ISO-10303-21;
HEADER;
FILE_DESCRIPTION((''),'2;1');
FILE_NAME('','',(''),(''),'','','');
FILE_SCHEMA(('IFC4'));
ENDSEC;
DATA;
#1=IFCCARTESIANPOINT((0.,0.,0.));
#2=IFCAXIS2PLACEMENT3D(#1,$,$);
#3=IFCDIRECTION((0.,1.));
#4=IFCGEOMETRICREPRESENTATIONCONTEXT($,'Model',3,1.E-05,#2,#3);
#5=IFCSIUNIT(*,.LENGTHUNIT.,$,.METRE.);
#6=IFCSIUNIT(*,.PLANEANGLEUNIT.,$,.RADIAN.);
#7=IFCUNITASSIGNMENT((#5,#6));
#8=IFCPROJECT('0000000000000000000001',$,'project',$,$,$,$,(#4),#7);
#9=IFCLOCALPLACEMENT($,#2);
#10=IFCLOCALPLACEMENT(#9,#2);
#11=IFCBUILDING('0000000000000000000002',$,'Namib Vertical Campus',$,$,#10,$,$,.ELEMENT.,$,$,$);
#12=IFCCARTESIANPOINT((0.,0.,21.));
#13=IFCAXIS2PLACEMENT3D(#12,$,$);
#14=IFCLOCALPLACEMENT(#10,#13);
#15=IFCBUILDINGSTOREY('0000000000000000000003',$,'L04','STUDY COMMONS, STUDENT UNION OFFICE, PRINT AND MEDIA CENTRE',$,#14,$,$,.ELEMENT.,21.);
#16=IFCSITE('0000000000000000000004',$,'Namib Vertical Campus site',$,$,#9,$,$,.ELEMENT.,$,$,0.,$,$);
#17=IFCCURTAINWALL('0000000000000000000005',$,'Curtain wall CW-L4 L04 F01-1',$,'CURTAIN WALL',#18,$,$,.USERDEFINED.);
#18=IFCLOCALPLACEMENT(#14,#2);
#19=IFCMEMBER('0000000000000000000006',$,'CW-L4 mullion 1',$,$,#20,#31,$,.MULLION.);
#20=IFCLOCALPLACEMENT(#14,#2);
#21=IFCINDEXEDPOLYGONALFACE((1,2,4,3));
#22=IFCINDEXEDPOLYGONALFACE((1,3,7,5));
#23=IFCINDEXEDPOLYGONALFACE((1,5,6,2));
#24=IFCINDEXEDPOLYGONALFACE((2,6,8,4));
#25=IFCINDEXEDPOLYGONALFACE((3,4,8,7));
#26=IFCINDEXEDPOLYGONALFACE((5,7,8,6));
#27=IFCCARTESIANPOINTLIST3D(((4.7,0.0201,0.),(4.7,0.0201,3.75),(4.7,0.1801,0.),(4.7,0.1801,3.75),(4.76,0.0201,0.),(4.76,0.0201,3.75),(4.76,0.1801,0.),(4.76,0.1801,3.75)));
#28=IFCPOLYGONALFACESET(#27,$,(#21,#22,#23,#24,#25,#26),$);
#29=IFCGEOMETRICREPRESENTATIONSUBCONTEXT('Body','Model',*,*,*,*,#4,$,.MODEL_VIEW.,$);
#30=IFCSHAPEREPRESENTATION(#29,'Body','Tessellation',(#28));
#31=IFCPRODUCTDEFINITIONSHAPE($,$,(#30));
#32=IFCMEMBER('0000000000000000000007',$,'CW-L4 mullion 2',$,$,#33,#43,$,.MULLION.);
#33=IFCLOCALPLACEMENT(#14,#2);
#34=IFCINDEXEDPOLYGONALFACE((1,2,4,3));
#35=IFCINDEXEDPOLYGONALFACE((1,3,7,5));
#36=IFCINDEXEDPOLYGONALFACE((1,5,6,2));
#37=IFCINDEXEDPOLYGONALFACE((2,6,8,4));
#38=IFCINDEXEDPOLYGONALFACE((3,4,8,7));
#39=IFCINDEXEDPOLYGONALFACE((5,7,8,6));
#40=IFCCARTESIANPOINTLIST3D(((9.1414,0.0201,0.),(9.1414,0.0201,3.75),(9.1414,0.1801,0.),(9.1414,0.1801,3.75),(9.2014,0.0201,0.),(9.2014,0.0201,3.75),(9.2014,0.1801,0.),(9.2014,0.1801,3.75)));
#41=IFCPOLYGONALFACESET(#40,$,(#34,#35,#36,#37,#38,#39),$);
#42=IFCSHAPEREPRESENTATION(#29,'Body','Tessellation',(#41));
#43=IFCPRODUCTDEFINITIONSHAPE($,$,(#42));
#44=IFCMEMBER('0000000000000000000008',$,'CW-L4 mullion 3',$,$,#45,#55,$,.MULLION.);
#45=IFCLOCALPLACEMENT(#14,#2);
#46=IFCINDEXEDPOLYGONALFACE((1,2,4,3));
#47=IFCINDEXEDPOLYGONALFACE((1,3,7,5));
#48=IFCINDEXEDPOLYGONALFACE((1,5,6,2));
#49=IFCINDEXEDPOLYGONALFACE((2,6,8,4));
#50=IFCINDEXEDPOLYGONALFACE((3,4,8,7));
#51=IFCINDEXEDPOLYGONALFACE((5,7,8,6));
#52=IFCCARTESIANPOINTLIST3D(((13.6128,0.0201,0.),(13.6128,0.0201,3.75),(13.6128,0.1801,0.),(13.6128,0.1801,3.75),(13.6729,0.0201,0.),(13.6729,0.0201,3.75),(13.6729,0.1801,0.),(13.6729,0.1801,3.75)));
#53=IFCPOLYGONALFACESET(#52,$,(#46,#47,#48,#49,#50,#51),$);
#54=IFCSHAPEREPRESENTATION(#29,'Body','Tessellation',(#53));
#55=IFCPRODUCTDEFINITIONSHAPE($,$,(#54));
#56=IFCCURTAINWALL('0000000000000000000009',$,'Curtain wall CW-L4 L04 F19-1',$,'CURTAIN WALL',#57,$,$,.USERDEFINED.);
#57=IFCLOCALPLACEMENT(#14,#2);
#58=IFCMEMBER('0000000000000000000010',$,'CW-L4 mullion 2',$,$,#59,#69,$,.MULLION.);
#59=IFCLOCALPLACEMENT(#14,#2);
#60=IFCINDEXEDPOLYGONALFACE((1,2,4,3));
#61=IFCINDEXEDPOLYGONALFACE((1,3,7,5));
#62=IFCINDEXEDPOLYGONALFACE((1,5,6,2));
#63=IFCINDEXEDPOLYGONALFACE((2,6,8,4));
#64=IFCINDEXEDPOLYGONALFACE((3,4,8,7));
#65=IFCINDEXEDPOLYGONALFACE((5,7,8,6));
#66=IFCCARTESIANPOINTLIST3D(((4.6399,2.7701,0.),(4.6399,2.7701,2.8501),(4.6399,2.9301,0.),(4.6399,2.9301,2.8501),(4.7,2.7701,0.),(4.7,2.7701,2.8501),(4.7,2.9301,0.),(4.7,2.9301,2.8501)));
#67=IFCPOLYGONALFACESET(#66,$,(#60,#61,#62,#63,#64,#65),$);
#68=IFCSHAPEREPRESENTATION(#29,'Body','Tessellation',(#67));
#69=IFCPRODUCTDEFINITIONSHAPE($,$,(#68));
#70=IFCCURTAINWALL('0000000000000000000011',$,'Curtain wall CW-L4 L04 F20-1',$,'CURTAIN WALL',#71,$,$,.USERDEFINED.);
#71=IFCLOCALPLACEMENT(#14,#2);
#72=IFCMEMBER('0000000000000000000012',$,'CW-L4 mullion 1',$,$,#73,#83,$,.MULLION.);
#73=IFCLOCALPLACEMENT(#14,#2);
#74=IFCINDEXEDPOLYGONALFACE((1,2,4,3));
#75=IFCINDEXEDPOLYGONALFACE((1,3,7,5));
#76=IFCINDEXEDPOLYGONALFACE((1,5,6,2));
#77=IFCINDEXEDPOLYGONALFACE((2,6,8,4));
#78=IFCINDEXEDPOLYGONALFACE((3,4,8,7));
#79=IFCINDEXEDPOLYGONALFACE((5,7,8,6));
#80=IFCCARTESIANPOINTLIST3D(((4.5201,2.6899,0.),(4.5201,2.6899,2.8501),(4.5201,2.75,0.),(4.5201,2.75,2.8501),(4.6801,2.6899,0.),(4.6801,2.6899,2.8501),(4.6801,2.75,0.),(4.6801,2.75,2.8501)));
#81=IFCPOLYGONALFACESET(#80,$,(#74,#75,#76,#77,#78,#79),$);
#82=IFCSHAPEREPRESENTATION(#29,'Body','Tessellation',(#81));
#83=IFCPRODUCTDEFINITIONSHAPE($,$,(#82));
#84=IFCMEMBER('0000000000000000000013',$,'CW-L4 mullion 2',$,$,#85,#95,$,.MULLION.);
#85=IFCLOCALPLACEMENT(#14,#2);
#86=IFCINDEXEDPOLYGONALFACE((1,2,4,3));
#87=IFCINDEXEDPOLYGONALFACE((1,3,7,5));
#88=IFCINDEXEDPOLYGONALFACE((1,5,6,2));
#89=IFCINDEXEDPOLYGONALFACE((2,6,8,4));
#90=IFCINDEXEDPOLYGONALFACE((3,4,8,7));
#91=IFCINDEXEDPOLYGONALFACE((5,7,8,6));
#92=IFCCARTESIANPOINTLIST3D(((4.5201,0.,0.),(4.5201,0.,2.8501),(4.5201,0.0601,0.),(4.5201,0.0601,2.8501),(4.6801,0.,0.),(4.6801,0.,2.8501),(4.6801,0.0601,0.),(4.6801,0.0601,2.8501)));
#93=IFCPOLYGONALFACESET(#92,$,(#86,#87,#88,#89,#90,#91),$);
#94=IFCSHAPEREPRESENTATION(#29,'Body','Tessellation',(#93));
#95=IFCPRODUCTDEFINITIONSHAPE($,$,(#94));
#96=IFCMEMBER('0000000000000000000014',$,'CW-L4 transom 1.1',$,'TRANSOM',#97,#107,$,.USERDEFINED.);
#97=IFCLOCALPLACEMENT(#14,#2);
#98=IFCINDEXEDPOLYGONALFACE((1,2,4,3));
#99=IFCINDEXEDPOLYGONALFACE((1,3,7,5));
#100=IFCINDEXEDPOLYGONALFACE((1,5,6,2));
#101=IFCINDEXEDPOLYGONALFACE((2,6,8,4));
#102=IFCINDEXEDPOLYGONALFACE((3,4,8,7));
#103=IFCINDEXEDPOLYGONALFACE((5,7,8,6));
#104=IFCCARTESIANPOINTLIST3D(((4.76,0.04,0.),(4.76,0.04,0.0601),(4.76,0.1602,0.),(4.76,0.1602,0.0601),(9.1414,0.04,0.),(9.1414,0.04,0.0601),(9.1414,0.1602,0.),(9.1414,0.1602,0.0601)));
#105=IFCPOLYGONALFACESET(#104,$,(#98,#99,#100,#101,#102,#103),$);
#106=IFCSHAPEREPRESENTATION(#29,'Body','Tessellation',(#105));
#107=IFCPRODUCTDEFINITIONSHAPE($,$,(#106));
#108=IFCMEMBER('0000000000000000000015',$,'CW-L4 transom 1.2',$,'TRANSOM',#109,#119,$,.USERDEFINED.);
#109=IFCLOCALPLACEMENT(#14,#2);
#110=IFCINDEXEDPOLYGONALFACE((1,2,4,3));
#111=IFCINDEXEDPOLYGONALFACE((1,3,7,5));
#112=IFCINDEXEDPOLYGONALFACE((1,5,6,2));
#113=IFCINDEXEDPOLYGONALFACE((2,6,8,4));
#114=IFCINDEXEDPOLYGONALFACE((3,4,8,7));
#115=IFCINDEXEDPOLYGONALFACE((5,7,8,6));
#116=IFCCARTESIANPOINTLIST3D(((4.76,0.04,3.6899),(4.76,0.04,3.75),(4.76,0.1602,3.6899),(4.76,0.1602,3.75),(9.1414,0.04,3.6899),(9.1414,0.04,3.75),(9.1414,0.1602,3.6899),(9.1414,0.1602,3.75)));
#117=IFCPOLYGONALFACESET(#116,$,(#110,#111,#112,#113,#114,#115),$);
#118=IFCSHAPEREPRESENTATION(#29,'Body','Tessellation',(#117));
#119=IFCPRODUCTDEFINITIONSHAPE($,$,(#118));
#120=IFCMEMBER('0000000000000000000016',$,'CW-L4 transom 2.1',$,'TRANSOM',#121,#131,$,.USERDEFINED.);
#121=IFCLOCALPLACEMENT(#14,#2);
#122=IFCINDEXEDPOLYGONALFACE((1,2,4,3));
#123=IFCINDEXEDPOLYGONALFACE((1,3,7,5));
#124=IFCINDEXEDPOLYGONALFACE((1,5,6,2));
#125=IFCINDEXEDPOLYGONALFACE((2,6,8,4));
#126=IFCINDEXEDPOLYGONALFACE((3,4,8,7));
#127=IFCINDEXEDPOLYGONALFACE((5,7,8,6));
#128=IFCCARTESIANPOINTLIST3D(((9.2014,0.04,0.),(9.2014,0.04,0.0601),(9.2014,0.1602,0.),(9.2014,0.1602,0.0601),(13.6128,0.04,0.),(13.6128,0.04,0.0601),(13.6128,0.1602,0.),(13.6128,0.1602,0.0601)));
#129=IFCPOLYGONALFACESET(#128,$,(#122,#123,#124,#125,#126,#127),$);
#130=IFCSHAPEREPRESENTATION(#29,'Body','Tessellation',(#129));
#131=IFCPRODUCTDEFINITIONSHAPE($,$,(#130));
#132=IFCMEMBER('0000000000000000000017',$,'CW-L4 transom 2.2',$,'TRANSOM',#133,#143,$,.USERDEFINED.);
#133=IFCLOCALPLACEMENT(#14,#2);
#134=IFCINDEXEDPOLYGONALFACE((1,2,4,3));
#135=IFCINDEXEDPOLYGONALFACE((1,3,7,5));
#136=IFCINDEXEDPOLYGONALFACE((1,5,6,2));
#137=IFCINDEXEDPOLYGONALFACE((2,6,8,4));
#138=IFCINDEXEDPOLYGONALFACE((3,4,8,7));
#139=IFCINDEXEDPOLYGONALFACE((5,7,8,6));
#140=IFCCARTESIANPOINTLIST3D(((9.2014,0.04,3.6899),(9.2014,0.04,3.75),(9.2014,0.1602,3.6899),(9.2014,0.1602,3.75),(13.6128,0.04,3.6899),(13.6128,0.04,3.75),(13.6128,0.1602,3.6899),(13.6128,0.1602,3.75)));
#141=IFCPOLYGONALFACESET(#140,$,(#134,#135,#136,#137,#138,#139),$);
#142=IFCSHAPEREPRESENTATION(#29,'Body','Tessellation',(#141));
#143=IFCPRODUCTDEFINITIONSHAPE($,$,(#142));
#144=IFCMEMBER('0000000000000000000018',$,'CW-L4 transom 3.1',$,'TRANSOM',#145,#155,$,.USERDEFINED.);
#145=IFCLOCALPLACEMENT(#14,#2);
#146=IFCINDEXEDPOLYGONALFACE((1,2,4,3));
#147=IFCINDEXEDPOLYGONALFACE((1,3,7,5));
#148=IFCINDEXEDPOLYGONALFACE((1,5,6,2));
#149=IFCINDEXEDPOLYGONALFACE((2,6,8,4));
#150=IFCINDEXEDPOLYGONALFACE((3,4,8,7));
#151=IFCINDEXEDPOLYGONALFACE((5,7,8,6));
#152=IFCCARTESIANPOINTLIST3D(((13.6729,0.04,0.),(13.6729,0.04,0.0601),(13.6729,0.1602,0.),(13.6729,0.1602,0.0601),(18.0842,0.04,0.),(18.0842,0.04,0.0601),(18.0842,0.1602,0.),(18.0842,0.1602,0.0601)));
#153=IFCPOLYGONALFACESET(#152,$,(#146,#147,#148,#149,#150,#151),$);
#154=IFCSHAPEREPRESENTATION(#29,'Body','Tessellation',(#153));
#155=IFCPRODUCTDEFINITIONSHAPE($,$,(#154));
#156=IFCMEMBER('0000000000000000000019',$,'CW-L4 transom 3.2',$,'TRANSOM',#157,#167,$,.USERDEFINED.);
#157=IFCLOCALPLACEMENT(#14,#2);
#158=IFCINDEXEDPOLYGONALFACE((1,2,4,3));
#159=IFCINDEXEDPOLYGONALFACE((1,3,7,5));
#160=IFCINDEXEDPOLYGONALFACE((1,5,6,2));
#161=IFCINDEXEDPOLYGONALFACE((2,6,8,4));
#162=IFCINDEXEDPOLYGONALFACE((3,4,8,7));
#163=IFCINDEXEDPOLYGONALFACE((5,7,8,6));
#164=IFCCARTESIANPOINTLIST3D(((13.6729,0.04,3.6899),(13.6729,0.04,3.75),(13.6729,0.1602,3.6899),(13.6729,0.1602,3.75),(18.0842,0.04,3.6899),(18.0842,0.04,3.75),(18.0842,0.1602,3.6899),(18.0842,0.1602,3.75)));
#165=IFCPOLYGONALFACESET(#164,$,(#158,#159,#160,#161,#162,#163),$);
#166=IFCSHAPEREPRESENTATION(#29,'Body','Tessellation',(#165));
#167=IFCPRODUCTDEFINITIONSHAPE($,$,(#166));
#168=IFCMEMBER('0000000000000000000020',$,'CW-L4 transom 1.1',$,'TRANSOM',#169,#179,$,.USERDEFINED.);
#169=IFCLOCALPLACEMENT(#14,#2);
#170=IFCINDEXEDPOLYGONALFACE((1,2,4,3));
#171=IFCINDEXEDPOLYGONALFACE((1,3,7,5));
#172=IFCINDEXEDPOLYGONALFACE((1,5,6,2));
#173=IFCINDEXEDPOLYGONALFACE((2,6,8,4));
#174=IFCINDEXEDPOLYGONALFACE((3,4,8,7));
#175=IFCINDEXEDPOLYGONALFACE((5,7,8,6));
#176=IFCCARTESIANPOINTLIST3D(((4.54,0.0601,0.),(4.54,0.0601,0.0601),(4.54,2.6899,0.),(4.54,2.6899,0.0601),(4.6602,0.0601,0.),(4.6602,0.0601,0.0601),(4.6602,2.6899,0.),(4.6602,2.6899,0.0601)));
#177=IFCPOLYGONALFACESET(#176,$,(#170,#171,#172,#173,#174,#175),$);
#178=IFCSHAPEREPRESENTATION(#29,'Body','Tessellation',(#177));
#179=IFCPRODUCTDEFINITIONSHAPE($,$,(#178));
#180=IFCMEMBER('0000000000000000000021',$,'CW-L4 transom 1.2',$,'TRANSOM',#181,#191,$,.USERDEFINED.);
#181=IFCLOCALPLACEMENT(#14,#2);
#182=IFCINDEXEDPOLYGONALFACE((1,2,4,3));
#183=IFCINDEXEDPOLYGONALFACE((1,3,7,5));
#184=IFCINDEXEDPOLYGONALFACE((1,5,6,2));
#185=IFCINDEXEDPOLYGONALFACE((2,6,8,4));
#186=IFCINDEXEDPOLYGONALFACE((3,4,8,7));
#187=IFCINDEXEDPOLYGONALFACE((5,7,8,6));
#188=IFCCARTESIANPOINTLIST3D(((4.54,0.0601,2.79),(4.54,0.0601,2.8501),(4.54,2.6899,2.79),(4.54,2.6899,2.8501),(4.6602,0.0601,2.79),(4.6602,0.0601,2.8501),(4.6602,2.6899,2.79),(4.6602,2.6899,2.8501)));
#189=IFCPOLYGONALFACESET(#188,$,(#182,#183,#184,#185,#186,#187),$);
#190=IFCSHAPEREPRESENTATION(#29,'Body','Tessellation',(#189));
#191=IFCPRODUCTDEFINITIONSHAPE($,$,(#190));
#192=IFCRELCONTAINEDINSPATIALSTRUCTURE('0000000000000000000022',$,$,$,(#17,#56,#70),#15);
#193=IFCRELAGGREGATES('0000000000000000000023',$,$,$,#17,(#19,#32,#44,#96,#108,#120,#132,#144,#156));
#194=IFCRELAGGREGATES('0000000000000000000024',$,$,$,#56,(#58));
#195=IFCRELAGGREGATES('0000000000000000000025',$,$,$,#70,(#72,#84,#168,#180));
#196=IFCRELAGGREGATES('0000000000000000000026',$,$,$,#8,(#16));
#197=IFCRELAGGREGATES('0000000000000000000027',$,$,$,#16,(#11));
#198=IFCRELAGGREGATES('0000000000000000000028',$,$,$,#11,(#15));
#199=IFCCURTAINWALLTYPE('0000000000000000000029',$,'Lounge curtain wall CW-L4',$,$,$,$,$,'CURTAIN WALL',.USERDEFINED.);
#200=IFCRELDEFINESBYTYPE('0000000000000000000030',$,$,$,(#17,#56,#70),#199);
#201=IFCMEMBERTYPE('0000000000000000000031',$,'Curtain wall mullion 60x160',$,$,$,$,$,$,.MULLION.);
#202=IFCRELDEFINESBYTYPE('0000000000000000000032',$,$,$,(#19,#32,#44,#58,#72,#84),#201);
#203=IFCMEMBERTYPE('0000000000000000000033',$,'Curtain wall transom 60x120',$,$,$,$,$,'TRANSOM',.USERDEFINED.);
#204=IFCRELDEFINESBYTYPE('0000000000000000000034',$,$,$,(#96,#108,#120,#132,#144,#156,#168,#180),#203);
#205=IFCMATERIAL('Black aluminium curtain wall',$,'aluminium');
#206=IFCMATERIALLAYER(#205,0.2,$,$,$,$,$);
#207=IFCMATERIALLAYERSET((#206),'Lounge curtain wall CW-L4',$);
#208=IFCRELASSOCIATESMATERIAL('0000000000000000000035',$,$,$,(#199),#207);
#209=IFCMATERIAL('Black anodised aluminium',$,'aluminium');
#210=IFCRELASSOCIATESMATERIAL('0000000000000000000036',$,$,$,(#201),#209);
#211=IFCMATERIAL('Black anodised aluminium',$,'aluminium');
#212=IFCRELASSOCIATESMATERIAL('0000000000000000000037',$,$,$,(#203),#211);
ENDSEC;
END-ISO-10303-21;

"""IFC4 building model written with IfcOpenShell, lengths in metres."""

from ifc_helpers import new_model, si_unit, direction, frame, origin, origin_2d, place, context, subcontext, project, spatial, rectangle, extrude, material, layer, layer_set, material_profile, profile_set, type_object, element, aggregate, save


model = new_model("IFC4")

# Units and contexts
model_context = context("Model", 3, precision=1e-05, world=origin(), true_north=direction((0.0, 1.0)))
body_context = subcontext(model_context, "Body", "Model", "MODEL_VIEW")
ifc_project = project(units=[si_unit("LENGTHUNIT", "METRE"), si_unit("PLANEANGLEUNIT", "RADIAN")], contexts=[model_context])

# Site, building, storey
site_placement = place(None, origin())
site = spatial("IfcSite", under=ifc_project, at=site_placement, Name="Namib Vertical Campus site", CompositionType="ELEMENT", RefElevation=0.0)
building_placement = place(site_placement, origin())
building = spatial("IfcBuilding", under=site, at=building_placement, Name="Namib Vertical Campus", CompositionType="ELEMENT")
storey_placement = place(building_placement, frame((0.0, 0.0, 21.0)))
storey = spatial("IfcBuildingStorey", under=building, at=storey_placement, Name="L04", Description="STUDY COMMONS, STUDENT UNION OFFICE, PRINT AND MEDIA CENTRE", CompositionType="ELEMENT", Elevation=21.0)

# Curtain wall, members
ifc_material_1 = material(Name="Black aluminium curtain wall", Category="aluminium")
ifc_layer_1 = layer(ifc_material_1, 0.2)
ifc_layer_set_1 = layer_set([ifc_layer_1], Name="Lounge curtain wall CW-L4")
curtain_wall_type = type_object("IfcCurtainWallType", Name="Lounge curtain wall CW-L4", ElementType="CURTAIN WALL", PredefinedType="USERDEFINED", material=ifc_layer_set_1)
curtain_wall_1_placement = place(storey_placement, origin())
curtain_wall_1 = element("IfcCurtainWall", 1, at=curtain_wall_1_placement, inside=storey, type_object=curtain_wall_type, Name="Curtain wall CW-L4 L04 F01-1", ObjectType="CURTAIN WALL", PredefinedType="USERDEFINED")
ifc_material_2 = material(Name="Black anodised aluminium", Category="aluminium")
ifc_material_profile_1 = material_profile(ifc_material_2, rectangle(XDim=0.0601, YDim=0.1599, at=origin_2d()))
ifc_profile_set_1 = profile_set([ifc_material_profile_1], Name="Black anodised aluminium")
member_type_1 = type_object("IfcMemberType", Name="Curtain wall mullion 60x160", PredefinedType="MULLION", material=ifc_profile_set_1)
member_1_placement = place(storey_placement, frame((4.73, 0.1001, 0.0), z_axis=(0.0, 0.0, 1.0), x_axis=(1.0, 0.0, 0.0)))
member_1 = element("IfcMember", 2, at=member_1_placement, type_object=member_type_1, Name="CW-L4 mullion 1", PredefinedType="MULLION", context=body_context, shape_type="SweptSolid", body=[
    extrude(rectangle(XDim=0.0601, YDim=0.1599, at=origin_2d()), origin(), (0.0, 0.0, 1.0), 3.75),
])
member_2_placement = place(storey_placement, frame((9.1714, 0.1001, 0.0), z_axis=(0.0, 0.0, 1.0), x_axis=(1.0, 0.0, 0.0)))
member_2 = element("IfcMember", 3, at=member_2_placement, type_object=member_type_1, Name="CW-L4 mullion 2", PredefinedType="MULLION", context=body_context, shape_type="SweptSolid", body=[
    extrude(rectangle(XDim=0.0601, YDim=0.1599, at=origin_2d()), origin(), (0.0, 0.0, 1.0), 3.75),
])
member_3_placement = place(storey_placement, frame((13.6428, 0.1001, 0.0), z_axis=(0.0, 0.0, 1.0), x_axis=(1.0, 0.0, 0.0)))
member_3 = element("IfcMember", 4, at=member_3_placement, type_object=member_type_1, Name="CW-L4 mullion 3", PredefinedType="MULLION", context=body_context, shape_type="SweptSolid", body=[
    extrude(rectangle(XDim=0.0601, YDim=0.1599, at=origin_2d()), origin(), (0.0, 0.0, 1.0), 3.75),
])

# Curtain wall, member
curtain_wall_2_placement = place(storey_placement, origin())
curtain_wall_2 = element("IfcCurtainWall", 5, at=curtain_wall_2_placement, inside=storey, type_object=curtain_wall_type, Name="Curtain wall CW-L4 L04 F19-1", ObjectType="CURTAIN WALL", PredefinedType="USERDEFINED")
member_4_placement = place(storey_placement, frame((4.6699, 2.8501, 0.0), z_axis=(0.0, 0.0, 1.0), x_axis=(1.0, 0.0, 0.0)))
member_4 = element("IfcMember", 6, at=member_4_placement, type_object=member_type_1, Name="CW-L4 mullion 2", PredefinedType="MULLION", context=body_context, shape_type="SweptSolid", body=[
    extrude(rectangle(XDim=0.0601, YDim=0.1599, at=origin_2d()), origin(), (0.0, 0.0, 1.0), 2.8501),
])

# Curtain wall, members
curtain_wall_3_placement = place(storey_placement, origin())
curtain_wall_3 = element("IfcCurtainWall", 7, at=curtain_wall_3_placement, inside=storey, type_object=curtain_wall_type, Name="Curtain wall CW-L4 L04 F20-1", ObjectType="CURTAIN WALL", PredefinedType="USERDEFINED")
member_5_placement = place(storey_placement, frame((4.6001, 2.72, 0.0), z_axis=(0.0, 0.0, 1.0), x_axis=(0.0, -1.0, 0.0)))
member_5 = element("IfcMember", 8, at=member_5_placement, type_object=member_type_1, Name="CW-L4 mullion 1", PredefinedType="MULLION", context=body_context, shape_type="SweptSolid", body=[
    extrude(rectangle(XDim=0.0601, YDim=0.1599, at=origin_2d()), origin(), (0.0, 0.0, 1.0), 2.8501),
])
member_6_placement = place(storey_placement, frame((4.6001, 0.03, 0.0), z_axis=(0.0, 0.0, 1.0), x_axis=(0.0, -1.0, 0.0)))
member_6 = element("IfcMember", 9, at=member_6_placement, type_object=member_type_1, Name="CW-L4 mullion 2", PredefinedType="MULLION", context=body_context, shape_type="SweptSolid", body=[
    extrude(rectangle(XDim=0.0601, YDim=0.1599, at=origin_2d()), origin(), (0.0, 0.0, 1.0), 2.8501),
])

# Members
ifc_material_3 = material(Name="Black anodised aluminium", Category="aluminium")
ifc_material_profile_2 = material_profile(ifc_material_3, rectangle(XDim=0.0601, YDim=0.1201, at=origin_2d()))
ifc_profile_set_2 = profile_set([ifc_material_profile_2], Name="Black anodised aluminium")
member_type_2 = type_object("IfcMemberType", Name="Curtain wall transom 60x120", ElementType="TRANSOM", PredefinedType="USERDEFINED", material=ifc_profile_set_2)
member_7_placement = place(storey_placement, frame((4.76, 0.1001, 0.03), z_axis=(1.0, 0.0, 0.0), x_axis=(0.0, 0.0, 1.0)))
member_7 = element("IfcMember", 10, at=member_7_placement, type_object=member_type_2, Name="CW-L4 transom 1.1", ObjectType="TRANSOM", PredefinedType="USERDEFINED", context=body_context, shape_type="SweptSolid", body=[
    extrude(rectangle(XDim=0.0601, YDim=0.1201, at=origin_2d()), origin(), (0.0, 0.0, 1.0), 4.3813),
])
member_8_placement = place(storey_placement, frame((4.76, 0.1001, 3.72), z_axis=(1.0, 0.0, 0.0), x_axis=(0.0, 0.0, 1.0)))
member_8 = element("IfcMember", 11, at=member_8_placement, type_object=member_type_2, Name="CW-L4 transom 1.2", ObjectType="TRANSOM", PredefinedType="USERDEFINED", context=body_context, shape_type="SweptSolid", body=[
    extrude(rectangle(XDim=0.0601, YDim=0.1201, at=origin_2d()), origin(), (0.0, 0.0, 1.0), 4.3813),
])
member_9_placement = place(storey_placement, frame((9.2014, 0.1001, 0.03), z_axis=(1.0, 0.0, 0.0), x_axis=(0.0, 0.0, 1.0)))
member_9 = element("IfcMember", 12, at=member_9_placement, type_object=member_type_2, Name="CW-L4 transom 2.1", ObjectType="TRANSOM", PredefinedType="USERDEFINED", context=body_context, shape_type="SweptSolid", body=[
    extrude(rectangle(XDim=0.0601, YDim=0.1201, at=origin_2d()), origin(), (0.0, 0.0, 1.0), 4.4114),
])
member_10_placement = place(storey_placement, frame((9.2014, 0.1001, 3.72), z_axis=(1.0, 0.0, 0.0), x_axis=(0.0, 0.0, 1.0)))
member_10 = element("IfcMember", 13, at=member_10_placement, type_object=member_type_2, Name="CW-L4 transom 2.2", ObjectType="TRANSOM", PredefinedType="USERDEFINED", context=body_context, shape_type="SweptSolid", body=[
    extrude(rectangle(XDim=0.0601, YDim=0.1201, at=origin_2d()), origin(), (0.0, 0.0, 1.0), 4.4114),
])
member_11_placement = place(storey_placement, frame((13.6729, 0.1001, 0.03), z_axis=(1.0, 0.0, 0.0), x_axis=(0.0, 0.0, 1.0)))
member_11 = element("IfcMember", 14, at=member_11_placement, type_object=member_type_2, Name="CW-L4 transom 3.1", ObjectType="TRANSOM", PredefinedType="USERDEFINED", context=body_context, shape_type="SweptSolid", body=[
    extrude(rectangle(XDim=0.0601, YDim=0.1201, at=origin_2d()), origin(), (0.0, 0.0, 1.0), 4.4114),
])
member_12_placement = place(storey_placement, frame((13.6729, 0.1001, 3.72), z_axis=(1.0, 0.0, 0.0), x_axis=(0.0, 0.0, 1.0)))
member_12 = element("IfcMember", 15, at=member_12_placement, type_object=member_type_2, Name="CW-L4 transom 3.2", ObjectType="TRANSOM", PredefinedType="USERDEFINED", context=body_context, shape_type="SweptSolid", body=[
    extrude(rectangle(XDim=0.0601, YDim=0.1201, at=origin_2d()), origin(), (0.0, 0.0, 1.0), 4.4114),
])
member_13_placement = place(storey_placement, frame((4.6001, 2.6899, 0.03), z_axis=(0.0, -1.0, 0.0), x_axis=(0.0, 0.0, 1.0)))
member_13 = element("IfcMember", 16, at=member_13_placement, type_object=member_type_2, Name="CW-L4 transom 1.1", ObjectType="TRANSOM", PredefinedType="USERDEFINED", context=body_context, shape_type="SweptSolid", body=[
    extrude(rectangle(XDim=0.0601, YDim=0.1201, at=origin_2d()), origin(), (0.0, 0.0, 1.0), 2.6299),
])
member_14_placement = place(storey_placement, frame((4.6001, 2.6899, 2.8201), z_axis=(0.0, -1.0, 0.0), x_axis=(0.0, 0.0, 1.0)))
member_14 = element("IfcMember", 17, at=member_14_placement, type_object=member_type_2, Name="CW-L4 transom 1.2", ObjectType="TRANSOM", PredefinedType="USERDEFINED", context=body_context, shape_type="SweptSolid", body=[
    extrude(rectangle(XDim=0.0601, YDim=0.1201, at=origin_2d()), origin(), (0.0, 0.0, 1.0), 2.6299),
])

aggregate(curtain_wall_1, [member_1, member_2, member_3, member_7, member_8, member_9, member_10, member_11, member_12])
aggregate(curtain_wall_2, [member_4])
aggregate(curtain_wall_3, [member_5, member_6, member_13, member_14])

save(model, "model.ifc")
